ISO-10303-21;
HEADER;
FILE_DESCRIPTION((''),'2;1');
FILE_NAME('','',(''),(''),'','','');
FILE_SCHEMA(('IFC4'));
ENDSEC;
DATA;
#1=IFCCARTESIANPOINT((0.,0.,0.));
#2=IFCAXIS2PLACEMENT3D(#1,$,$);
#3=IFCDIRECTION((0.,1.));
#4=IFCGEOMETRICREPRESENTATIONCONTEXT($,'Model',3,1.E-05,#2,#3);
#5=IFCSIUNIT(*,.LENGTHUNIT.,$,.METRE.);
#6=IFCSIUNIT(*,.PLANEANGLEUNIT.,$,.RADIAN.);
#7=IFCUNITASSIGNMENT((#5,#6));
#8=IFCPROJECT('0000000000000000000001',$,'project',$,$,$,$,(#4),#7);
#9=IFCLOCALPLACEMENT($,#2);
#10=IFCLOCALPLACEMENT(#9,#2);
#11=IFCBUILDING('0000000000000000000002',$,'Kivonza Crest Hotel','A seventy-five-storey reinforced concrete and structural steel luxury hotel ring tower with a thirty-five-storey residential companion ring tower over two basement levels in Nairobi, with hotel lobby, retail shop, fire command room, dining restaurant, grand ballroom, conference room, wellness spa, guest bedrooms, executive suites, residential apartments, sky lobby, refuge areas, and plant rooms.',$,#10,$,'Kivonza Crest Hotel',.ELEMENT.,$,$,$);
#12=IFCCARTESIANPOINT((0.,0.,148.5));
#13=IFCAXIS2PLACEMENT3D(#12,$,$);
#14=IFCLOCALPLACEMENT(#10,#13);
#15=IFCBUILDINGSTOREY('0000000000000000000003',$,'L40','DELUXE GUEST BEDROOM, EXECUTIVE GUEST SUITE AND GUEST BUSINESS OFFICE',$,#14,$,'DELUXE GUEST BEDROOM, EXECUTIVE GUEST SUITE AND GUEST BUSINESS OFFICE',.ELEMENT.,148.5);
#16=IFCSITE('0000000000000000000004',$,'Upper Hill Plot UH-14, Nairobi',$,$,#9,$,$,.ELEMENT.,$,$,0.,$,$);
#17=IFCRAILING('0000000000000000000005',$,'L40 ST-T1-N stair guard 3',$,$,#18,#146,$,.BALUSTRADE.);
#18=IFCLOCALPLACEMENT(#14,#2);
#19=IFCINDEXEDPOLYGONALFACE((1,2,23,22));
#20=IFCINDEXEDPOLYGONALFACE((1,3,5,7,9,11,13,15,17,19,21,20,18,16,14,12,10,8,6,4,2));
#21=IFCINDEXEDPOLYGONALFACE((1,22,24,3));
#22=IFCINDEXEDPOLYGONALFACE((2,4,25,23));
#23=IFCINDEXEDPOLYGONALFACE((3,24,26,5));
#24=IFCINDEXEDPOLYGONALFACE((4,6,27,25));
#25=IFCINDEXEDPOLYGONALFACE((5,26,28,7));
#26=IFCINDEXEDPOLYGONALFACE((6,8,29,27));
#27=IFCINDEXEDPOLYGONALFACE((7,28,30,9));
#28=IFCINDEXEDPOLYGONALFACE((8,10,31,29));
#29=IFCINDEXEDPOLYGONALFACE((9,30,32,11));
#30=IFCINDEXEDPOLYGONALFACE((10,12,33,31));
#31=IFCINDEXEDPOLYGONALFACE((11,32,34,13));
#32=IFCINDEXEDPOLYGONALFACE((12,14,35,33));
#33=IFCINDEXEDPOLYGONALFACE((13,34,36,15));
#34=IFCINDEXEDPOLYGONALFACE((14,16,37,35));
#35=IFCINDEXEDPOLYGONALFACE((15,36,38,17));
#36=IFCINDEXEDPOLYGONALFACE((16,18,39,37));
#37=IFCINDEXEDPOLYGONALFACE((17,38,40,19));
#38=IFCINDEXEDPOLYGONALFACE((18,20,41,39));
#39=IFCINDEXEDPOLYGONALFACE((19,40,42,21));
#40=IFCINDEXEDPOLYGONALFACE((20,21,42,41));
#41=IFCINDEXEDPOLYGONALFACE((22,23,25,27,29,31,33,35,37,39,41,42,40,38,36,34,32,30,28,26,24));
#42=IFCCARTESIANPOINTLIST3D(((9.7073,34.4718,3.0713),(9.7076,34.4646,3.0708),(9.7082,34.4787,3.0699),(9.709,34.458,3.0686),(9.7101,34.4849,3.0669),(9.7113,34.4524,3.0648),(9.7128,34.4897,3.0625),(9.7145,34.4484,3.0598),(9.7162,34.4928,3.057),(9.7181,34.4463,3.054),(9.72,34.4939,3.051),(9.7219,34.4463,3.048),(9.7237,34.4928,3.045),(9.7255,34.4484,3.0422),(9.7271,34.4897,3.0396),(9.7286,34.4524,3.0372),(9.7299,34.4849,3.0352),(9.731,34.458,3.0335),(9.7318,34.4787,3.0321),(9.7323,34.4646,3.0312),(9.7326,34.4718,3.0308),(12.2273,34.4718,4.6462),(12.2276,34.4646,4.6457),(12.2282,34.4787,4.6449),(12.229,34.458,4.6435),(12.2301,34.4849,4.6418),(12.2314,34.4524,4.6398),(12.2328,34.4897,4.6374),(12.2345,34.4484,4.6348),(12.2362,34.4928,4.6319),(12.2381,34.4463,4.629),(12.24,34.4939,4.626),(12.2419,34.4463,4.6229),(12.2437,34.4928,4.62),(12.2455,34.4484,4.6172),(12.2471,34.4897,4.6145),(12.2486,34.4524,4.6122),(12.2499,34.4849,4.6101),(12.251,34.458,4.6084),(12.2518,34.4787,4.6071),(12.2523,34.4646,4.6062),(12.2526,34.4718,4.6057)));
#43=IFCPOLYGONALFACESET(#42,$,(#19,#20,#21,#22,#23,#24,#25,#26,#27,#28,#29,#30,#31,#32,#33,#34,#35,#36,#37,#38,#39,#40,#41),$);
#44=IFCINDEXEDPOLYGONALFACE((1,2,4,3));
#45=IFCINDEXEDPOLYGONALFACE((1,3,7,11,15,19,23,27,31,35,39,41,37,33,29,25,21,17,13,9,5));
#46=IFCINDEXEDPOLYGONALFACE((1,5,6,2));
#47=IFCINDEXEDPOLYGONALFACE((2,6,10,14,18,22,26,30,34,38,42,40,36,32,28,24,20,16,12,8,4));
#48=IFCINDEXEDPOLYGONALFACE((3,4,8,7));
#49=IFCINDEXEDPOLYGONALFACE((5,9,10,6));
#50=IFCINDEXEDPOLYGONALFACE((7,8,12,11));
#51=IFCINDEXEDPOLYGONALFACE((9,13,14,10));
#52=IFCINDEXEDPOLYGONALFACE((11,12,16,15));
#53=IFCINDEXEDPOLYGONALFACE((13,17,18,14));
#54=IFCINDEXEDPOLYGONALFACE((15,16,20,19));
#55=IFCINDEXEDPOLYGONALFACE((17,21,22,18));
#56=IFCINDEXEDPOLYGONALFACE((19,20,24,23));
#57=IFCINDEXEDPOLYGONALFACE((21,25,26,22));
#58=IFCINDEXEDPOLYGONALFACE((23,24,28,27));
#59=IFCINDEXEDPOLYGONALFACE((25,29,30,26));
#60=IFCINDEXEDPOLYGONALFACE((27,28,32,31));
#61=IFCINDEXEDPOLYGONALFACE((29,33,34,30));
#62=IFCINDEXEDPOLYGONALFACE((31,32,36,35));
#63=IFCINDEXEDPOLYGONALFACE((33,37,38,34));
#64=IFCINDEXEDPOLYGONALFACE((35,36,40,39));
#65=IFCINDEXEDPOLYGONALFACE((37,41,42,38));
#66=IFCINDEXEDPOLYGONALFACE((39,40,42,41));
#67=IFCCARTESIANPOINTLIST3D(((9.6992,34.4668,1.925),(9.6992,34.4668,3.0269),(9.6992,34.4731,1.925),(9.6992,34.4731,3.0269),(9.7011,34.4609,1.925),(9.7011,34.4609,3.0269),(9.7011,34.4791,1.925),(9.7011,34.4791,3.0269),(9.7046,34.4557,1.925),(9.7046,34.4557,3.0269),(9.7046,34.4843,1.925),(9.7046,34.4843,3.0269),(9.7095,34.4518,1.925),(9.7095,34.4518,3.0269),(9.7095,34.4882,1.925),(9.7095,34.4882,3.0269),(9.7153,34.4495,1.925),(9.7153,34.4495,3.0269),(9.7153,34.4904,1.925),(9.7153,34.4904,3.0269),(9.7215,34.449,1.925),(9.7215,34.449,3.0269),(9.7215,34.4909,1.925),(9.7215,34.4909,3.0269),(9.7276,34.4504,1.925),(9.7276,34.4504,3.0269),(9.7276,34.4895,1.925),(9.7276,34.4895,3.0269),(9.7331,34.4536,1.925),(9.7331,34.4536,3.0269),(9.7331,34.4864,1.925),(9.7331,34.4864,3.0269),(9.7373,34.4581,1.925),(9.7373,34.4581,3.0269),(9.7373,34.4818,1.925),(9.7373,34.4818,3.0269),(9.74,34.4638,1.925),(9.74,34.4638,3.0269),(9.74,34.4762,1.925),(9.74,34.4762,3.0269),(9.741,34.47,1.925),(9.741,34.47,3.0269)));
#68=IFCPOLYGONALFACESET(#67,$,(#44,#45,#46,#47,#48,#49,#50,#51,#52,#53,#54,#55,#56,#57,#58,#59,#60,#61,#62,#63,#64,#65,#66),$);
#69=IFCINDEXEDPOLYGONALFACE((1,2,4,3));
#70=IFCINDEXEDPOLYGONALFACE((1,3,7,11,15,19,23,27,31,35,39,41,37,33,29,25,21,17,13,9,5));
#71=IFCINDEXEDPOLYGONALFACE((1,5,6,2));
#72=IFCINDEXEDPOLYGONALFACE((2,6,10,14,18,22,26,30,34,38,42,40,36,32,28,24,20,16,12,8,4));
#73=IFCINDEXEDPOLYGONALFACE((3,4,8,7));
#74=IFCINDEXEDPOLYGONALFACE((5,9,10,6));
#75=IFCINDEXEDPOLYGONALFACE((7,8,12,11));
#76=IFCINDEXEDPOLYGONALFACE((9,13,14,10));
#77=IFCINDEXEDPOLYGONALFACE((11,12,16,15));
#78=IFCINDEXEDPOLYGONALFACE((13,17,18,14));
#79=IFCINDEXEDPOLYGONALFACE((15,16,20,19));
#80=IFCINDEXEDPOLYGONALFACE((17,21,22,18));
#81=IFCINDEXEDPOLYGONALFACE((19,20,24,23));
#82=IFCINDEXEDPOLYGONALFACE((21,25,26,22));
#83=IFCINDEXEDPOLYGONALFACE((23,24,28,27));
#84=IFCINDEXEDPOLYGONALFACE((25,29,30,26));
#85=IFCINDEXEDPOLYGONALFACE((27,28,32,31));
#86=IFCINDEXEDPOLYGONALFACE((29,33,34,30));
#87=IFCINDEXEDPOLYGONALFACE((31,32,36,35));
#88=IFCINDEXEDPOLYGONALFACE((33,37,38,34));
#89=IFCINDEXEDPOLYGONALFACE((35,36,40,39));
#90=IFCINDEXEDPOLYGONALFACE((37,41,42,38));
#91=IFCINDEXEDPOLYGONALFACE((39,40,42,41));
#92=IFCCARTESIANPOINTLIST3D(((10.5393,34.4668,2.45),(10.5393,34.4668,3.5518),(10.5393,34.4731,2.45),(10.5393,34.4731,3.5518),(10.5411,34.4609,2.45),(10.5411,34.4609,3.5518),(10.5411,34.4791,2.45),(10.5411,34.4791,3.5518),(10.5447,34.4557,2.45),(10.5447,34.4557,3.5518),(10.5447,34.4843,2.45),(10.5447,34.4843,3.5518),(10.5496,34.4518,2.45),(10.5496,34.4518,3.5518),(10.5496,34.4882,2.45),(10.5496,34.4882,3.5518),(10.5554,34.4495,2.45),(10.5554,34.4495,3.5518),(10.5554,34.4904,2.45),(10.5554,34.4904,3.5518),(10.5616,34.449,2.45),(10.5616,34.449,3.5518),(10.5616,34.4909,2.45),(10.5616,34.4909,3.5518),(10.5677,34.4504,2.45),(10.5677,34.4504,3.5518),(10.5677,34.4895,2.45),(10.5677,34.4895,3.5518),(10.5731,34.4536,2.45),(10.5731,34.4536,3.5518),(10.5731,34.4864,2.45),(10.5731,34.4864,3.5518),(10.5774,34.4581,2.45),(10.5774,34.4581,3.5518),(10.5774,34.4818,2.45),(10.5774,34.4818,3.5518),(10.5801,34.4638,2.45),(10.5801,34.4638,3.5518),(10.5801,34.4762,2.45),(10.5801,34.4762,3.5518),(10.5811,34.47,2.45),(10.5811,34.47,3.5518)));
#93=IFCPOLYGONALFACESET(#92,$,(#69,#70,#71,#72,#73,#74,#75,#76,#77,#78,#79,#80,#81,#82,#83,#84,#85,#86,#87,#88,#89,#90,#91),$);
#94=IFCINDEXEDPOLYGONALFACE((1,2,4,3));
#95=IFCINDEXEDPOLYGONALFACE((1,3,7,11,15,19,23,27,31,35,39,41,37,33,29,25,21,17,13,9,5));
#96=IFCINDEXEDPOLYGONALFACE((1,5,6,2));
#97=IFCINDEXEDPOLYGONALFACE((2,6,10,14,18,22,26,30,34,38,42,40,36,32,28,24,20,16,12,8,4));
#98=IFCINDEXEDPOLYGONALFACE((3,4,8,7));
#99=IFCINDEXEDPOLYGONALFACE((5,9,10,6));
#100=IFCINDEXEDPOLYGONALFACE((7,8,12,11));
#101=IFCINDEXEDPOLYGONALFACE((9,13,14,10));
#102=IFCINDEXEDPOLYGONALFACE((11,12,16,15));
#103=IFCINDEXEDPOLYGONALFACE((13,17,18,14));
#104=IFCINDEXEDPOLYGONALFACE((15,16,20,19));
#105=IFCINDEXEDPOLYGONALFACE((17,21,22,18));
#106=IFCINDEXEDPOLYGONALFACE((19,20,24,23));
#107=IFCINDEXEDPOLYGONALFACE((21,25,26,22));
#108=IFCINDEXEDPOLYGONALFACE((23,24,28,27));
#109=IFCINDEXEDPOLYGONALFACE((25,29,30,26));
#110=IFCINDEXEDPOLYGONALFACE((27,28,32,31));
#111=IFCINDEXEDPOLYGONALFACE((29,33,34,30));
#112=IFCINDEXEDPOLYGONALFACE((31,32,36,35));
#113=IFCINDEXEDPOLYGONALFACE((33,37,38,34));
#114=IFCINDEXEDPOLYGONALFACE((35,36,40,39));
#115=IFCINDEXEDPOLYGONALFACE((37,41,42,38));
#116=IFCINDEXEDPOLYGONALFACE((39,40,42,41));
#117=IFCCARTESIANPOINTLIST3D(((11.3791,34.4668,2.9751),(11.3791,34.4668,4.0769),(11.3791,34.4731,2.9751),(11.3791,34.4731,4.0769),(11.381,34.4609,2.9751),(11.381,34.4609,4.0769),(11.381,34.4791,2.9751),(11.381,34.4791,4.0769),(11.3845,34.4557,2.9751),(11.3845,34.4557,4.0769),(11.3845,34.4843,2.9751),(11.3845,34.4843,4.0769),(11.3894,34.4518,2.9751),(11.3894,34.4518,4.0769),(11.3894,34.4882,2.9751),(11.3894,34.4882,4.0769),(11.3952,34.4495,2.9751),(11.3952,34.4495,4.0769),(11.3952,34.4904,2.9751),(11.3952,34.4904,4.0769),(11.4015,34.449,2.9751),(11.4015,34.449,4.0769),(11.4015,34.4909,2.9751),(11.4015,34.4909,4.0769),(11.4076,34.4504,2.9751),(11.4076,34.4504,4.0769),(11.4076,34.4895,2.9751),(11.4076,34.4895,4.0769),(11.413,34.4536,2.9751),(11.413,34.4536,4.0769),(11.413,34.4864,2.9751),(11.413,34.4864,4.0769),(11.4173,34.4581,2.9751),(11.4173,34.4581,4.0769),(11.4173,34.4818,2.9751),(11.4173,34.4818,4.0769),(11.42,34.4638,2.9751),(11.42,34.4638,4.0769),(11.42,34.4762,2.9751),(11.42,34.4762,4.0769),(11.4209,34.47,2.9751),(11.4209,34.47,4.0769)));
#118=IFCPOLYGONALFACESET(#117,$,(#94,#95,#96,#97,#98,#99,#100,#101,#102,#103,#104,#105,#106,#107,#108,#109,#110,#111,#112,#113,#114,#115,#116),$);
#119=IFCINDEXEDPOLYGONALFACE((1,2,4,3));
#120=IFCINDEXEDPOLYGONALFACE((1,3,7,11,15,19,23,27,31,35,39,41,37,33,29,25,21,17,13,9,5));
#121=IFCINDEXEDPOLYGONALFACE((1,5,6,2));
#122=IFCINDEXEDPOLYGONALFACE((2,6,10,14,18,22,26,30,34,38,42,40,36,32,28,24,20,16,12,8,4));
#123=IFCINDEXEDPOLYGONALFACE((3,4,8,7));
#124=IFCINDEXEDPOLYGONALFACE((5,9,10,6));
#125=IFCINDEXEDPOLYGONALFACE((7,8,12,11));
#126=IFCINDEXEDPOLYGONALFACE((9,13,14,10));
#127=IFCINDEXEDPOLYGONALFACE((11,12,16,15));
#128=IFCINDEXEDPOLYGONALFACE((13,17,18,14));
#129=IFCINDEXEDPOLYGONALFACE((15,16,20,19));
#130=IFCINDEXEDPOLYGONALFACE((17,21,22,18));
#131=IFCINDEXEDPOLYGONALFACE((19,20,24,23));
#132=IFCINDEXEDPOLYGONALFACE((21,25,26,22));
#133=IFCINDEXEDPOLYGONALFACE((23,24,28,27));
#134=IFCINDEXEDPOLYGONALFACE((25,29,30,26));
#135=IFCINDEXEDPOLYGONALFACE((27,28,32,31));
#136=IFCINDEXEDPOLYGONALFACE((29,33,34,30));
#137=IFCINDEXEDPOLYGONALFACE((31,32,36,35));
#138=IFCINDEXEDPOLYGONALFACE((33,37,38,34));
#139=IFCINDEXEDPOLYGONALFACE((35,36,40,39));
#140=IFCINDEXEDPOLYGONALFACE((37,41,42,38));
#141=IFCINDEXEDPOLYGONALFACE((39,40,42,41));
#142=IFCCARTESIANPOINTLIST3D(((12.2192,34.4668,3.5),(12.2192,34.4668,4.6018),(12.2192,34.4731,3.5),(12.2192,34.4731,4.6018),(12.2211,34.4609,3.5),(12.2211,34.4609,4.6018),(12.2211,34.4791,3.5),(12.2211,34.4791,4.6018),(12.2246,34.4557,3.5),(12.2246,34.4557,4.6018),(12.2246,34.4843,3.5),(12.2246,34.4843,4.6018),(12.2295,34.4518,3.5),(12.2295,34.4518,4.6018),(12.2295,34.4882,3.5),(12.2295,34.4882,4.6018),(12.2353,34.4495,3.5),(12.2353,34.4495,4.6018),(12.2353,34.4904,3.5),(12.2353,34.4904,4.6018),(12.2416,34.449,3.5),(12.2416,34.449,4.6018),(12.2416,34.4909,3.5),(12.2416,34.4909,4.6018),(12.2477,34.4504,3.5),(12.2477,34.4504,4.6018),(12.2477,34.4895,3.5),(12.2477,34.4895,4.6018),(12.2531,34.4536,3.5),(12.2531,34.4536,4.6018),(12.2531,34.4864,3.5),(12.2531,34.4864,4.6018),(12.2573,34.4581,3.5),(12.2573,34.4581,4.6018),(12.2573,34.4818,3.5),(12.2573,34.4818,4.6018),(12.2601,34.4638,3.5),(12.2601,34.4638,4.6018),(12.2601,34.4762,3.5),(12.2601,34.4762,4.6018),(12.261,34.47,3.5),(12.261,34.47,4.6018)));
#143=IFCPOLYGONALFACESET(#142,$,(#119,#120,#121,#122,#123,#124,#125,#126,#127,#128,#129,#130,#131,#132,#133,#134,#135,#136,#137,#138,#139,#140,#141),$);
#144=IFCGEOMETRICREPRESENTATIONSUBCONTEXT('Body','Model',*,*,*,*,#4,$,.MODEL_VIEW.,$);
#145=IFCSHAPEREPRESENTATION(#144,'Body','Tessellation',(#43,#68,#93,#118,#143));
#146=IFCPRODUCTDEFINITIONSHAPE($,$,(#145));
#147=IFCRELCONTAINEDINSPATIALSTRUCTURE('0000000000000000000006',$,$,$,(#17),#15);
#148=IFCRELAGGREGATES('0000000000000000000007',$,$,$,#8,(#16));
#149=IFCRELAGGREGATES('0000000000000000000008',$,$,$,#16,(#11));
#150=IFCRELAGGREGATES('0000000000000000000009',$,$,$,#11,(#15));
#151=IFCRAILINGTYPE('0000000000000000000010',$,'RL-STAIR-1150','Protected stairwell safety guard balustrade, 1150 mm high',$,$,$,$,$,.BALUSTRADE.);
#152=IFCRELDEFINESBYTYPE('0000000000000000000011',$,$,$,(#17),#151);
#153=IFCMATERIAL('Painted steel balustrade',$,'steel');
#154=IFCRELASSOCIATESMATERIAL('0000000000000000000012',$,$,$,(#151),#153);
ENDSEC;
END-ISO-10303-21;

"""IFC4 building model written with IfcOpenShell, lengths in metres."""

from ifc_helpers import new_model, si_unit, direction, frame, origin, origin_2d, place, context, subcontext, project, spatial, circle, extrude, material, type_object, element, save


model = new_model("IFC4")

# Units and contexts
model_context = context("Model", 3, precision=1e-05, world=origin(), true_north=direction((0.0, 1.0)))
body_context = subcontext(model_context, "Body", "Model", "MODEL_VIEW")
ifc_project = project(units=[si_unit("LENGTHUNIT", "METRE"), si_unit("PLANEANGLEUNIT", "RADIAN")], contexts=[model_context])

# Site, building, storey
site_placement = place(None, origin())
site = spatial("IfcSite", under=ifc_project, at=site_placement, Name="Upper Hill Plot UH-14, Nairobi", CompositionType="ELEMENT", RefElevation=0.0)
building_placement = place(site_placement, origin())
building = spatial("IfcBuilding", under=site, at=building_placement, Name="Kivonza Crest Hotel", Description="A seventy-five-storey reinforced concrete and structural steel luxury hotel ring tower with a thirty-five-storey residential companion ring tower over two basement levels in Nairobi, with hotel lobby, retail shop, fire command room, dining restaurant, grand ballroom, conference room, wellness spa, guest bedrooms, executive suites, residential apartments, sky lobby, refuge areas, and plant rooms.", LongName="Kivonza Crest Hotel", CompositionType="ELEMENT")
storey_placement = place(building_placement, frame((0.0, 0.0, 148.5)))
storey = spatial("IfcBuildingStorey", under=building, at=storey_placement, Name="L40", Description="DELUXE GUEST BEDROOM, EXECUTIVE GUEST SUITE AND GUEST BUSINESS OFFICE", LongName="DELUXE GUEST BEDROOM, EXECUTIVE GUEST SUITE AND GUEST BUSINESS OFFICE", CompositionType="ELEMENT", Elevation=148.5)

# Railing
ifc_material_1 = material(Name="Painted steel balustrade", Category="steel")
railing_type_1 = type_object("IfcRailingType", Name="RL-STAIR-1150", Description="Protected stairwell safety guard balustrade, 1150 mm high", PredefinedType="BALUSTRADE", material=ifc_material_1)
railing_1_placement = place(storey_placement, frame((9.72, 34.47, 1.925)))
element("IfcRailing", 1, at=railing_1_placement, inside=storey, type_object=railing_type_1, Name="L40 ST-T1-N stair guard 3", PredefinedType="BALUSTRADE", context=body_context, shape_type="SweptSolid", body=[
    extrude(circle(Radius=0.0239, at=origin_2d()), frame((0.0, 0.0, 1.126), z_axis=(0.848008, 0.0, 0.529984), x_axis=(0.0, 1.0, 0.0)), (0.0, 0.0, 1.0), 2.9717),
    extrude(circle(Radius=0.021, at=origin_2d()), origin(), (0.0, 0.0, 1.0), 1.1018),
    extrude(circle(Radius=0.021, at=origin_2d()), frame((0.8401, 0.0, 0.5249)), (0.0, 0.0, 1.0), 1.1018),
    extrude(circle(Radius=0.021, at=origin_2d()), frame((1.6799, 0.0, 1.05)), (0.0, 0.0, 1.0), 1.1018),
    extrude(circle(Radius=0.021, at=origin_2d()), frame((2.52, 0.0, 1.575)), (0.0, 0.0, 1.0), 1.1018),
])

save(model, "model.ifc")
